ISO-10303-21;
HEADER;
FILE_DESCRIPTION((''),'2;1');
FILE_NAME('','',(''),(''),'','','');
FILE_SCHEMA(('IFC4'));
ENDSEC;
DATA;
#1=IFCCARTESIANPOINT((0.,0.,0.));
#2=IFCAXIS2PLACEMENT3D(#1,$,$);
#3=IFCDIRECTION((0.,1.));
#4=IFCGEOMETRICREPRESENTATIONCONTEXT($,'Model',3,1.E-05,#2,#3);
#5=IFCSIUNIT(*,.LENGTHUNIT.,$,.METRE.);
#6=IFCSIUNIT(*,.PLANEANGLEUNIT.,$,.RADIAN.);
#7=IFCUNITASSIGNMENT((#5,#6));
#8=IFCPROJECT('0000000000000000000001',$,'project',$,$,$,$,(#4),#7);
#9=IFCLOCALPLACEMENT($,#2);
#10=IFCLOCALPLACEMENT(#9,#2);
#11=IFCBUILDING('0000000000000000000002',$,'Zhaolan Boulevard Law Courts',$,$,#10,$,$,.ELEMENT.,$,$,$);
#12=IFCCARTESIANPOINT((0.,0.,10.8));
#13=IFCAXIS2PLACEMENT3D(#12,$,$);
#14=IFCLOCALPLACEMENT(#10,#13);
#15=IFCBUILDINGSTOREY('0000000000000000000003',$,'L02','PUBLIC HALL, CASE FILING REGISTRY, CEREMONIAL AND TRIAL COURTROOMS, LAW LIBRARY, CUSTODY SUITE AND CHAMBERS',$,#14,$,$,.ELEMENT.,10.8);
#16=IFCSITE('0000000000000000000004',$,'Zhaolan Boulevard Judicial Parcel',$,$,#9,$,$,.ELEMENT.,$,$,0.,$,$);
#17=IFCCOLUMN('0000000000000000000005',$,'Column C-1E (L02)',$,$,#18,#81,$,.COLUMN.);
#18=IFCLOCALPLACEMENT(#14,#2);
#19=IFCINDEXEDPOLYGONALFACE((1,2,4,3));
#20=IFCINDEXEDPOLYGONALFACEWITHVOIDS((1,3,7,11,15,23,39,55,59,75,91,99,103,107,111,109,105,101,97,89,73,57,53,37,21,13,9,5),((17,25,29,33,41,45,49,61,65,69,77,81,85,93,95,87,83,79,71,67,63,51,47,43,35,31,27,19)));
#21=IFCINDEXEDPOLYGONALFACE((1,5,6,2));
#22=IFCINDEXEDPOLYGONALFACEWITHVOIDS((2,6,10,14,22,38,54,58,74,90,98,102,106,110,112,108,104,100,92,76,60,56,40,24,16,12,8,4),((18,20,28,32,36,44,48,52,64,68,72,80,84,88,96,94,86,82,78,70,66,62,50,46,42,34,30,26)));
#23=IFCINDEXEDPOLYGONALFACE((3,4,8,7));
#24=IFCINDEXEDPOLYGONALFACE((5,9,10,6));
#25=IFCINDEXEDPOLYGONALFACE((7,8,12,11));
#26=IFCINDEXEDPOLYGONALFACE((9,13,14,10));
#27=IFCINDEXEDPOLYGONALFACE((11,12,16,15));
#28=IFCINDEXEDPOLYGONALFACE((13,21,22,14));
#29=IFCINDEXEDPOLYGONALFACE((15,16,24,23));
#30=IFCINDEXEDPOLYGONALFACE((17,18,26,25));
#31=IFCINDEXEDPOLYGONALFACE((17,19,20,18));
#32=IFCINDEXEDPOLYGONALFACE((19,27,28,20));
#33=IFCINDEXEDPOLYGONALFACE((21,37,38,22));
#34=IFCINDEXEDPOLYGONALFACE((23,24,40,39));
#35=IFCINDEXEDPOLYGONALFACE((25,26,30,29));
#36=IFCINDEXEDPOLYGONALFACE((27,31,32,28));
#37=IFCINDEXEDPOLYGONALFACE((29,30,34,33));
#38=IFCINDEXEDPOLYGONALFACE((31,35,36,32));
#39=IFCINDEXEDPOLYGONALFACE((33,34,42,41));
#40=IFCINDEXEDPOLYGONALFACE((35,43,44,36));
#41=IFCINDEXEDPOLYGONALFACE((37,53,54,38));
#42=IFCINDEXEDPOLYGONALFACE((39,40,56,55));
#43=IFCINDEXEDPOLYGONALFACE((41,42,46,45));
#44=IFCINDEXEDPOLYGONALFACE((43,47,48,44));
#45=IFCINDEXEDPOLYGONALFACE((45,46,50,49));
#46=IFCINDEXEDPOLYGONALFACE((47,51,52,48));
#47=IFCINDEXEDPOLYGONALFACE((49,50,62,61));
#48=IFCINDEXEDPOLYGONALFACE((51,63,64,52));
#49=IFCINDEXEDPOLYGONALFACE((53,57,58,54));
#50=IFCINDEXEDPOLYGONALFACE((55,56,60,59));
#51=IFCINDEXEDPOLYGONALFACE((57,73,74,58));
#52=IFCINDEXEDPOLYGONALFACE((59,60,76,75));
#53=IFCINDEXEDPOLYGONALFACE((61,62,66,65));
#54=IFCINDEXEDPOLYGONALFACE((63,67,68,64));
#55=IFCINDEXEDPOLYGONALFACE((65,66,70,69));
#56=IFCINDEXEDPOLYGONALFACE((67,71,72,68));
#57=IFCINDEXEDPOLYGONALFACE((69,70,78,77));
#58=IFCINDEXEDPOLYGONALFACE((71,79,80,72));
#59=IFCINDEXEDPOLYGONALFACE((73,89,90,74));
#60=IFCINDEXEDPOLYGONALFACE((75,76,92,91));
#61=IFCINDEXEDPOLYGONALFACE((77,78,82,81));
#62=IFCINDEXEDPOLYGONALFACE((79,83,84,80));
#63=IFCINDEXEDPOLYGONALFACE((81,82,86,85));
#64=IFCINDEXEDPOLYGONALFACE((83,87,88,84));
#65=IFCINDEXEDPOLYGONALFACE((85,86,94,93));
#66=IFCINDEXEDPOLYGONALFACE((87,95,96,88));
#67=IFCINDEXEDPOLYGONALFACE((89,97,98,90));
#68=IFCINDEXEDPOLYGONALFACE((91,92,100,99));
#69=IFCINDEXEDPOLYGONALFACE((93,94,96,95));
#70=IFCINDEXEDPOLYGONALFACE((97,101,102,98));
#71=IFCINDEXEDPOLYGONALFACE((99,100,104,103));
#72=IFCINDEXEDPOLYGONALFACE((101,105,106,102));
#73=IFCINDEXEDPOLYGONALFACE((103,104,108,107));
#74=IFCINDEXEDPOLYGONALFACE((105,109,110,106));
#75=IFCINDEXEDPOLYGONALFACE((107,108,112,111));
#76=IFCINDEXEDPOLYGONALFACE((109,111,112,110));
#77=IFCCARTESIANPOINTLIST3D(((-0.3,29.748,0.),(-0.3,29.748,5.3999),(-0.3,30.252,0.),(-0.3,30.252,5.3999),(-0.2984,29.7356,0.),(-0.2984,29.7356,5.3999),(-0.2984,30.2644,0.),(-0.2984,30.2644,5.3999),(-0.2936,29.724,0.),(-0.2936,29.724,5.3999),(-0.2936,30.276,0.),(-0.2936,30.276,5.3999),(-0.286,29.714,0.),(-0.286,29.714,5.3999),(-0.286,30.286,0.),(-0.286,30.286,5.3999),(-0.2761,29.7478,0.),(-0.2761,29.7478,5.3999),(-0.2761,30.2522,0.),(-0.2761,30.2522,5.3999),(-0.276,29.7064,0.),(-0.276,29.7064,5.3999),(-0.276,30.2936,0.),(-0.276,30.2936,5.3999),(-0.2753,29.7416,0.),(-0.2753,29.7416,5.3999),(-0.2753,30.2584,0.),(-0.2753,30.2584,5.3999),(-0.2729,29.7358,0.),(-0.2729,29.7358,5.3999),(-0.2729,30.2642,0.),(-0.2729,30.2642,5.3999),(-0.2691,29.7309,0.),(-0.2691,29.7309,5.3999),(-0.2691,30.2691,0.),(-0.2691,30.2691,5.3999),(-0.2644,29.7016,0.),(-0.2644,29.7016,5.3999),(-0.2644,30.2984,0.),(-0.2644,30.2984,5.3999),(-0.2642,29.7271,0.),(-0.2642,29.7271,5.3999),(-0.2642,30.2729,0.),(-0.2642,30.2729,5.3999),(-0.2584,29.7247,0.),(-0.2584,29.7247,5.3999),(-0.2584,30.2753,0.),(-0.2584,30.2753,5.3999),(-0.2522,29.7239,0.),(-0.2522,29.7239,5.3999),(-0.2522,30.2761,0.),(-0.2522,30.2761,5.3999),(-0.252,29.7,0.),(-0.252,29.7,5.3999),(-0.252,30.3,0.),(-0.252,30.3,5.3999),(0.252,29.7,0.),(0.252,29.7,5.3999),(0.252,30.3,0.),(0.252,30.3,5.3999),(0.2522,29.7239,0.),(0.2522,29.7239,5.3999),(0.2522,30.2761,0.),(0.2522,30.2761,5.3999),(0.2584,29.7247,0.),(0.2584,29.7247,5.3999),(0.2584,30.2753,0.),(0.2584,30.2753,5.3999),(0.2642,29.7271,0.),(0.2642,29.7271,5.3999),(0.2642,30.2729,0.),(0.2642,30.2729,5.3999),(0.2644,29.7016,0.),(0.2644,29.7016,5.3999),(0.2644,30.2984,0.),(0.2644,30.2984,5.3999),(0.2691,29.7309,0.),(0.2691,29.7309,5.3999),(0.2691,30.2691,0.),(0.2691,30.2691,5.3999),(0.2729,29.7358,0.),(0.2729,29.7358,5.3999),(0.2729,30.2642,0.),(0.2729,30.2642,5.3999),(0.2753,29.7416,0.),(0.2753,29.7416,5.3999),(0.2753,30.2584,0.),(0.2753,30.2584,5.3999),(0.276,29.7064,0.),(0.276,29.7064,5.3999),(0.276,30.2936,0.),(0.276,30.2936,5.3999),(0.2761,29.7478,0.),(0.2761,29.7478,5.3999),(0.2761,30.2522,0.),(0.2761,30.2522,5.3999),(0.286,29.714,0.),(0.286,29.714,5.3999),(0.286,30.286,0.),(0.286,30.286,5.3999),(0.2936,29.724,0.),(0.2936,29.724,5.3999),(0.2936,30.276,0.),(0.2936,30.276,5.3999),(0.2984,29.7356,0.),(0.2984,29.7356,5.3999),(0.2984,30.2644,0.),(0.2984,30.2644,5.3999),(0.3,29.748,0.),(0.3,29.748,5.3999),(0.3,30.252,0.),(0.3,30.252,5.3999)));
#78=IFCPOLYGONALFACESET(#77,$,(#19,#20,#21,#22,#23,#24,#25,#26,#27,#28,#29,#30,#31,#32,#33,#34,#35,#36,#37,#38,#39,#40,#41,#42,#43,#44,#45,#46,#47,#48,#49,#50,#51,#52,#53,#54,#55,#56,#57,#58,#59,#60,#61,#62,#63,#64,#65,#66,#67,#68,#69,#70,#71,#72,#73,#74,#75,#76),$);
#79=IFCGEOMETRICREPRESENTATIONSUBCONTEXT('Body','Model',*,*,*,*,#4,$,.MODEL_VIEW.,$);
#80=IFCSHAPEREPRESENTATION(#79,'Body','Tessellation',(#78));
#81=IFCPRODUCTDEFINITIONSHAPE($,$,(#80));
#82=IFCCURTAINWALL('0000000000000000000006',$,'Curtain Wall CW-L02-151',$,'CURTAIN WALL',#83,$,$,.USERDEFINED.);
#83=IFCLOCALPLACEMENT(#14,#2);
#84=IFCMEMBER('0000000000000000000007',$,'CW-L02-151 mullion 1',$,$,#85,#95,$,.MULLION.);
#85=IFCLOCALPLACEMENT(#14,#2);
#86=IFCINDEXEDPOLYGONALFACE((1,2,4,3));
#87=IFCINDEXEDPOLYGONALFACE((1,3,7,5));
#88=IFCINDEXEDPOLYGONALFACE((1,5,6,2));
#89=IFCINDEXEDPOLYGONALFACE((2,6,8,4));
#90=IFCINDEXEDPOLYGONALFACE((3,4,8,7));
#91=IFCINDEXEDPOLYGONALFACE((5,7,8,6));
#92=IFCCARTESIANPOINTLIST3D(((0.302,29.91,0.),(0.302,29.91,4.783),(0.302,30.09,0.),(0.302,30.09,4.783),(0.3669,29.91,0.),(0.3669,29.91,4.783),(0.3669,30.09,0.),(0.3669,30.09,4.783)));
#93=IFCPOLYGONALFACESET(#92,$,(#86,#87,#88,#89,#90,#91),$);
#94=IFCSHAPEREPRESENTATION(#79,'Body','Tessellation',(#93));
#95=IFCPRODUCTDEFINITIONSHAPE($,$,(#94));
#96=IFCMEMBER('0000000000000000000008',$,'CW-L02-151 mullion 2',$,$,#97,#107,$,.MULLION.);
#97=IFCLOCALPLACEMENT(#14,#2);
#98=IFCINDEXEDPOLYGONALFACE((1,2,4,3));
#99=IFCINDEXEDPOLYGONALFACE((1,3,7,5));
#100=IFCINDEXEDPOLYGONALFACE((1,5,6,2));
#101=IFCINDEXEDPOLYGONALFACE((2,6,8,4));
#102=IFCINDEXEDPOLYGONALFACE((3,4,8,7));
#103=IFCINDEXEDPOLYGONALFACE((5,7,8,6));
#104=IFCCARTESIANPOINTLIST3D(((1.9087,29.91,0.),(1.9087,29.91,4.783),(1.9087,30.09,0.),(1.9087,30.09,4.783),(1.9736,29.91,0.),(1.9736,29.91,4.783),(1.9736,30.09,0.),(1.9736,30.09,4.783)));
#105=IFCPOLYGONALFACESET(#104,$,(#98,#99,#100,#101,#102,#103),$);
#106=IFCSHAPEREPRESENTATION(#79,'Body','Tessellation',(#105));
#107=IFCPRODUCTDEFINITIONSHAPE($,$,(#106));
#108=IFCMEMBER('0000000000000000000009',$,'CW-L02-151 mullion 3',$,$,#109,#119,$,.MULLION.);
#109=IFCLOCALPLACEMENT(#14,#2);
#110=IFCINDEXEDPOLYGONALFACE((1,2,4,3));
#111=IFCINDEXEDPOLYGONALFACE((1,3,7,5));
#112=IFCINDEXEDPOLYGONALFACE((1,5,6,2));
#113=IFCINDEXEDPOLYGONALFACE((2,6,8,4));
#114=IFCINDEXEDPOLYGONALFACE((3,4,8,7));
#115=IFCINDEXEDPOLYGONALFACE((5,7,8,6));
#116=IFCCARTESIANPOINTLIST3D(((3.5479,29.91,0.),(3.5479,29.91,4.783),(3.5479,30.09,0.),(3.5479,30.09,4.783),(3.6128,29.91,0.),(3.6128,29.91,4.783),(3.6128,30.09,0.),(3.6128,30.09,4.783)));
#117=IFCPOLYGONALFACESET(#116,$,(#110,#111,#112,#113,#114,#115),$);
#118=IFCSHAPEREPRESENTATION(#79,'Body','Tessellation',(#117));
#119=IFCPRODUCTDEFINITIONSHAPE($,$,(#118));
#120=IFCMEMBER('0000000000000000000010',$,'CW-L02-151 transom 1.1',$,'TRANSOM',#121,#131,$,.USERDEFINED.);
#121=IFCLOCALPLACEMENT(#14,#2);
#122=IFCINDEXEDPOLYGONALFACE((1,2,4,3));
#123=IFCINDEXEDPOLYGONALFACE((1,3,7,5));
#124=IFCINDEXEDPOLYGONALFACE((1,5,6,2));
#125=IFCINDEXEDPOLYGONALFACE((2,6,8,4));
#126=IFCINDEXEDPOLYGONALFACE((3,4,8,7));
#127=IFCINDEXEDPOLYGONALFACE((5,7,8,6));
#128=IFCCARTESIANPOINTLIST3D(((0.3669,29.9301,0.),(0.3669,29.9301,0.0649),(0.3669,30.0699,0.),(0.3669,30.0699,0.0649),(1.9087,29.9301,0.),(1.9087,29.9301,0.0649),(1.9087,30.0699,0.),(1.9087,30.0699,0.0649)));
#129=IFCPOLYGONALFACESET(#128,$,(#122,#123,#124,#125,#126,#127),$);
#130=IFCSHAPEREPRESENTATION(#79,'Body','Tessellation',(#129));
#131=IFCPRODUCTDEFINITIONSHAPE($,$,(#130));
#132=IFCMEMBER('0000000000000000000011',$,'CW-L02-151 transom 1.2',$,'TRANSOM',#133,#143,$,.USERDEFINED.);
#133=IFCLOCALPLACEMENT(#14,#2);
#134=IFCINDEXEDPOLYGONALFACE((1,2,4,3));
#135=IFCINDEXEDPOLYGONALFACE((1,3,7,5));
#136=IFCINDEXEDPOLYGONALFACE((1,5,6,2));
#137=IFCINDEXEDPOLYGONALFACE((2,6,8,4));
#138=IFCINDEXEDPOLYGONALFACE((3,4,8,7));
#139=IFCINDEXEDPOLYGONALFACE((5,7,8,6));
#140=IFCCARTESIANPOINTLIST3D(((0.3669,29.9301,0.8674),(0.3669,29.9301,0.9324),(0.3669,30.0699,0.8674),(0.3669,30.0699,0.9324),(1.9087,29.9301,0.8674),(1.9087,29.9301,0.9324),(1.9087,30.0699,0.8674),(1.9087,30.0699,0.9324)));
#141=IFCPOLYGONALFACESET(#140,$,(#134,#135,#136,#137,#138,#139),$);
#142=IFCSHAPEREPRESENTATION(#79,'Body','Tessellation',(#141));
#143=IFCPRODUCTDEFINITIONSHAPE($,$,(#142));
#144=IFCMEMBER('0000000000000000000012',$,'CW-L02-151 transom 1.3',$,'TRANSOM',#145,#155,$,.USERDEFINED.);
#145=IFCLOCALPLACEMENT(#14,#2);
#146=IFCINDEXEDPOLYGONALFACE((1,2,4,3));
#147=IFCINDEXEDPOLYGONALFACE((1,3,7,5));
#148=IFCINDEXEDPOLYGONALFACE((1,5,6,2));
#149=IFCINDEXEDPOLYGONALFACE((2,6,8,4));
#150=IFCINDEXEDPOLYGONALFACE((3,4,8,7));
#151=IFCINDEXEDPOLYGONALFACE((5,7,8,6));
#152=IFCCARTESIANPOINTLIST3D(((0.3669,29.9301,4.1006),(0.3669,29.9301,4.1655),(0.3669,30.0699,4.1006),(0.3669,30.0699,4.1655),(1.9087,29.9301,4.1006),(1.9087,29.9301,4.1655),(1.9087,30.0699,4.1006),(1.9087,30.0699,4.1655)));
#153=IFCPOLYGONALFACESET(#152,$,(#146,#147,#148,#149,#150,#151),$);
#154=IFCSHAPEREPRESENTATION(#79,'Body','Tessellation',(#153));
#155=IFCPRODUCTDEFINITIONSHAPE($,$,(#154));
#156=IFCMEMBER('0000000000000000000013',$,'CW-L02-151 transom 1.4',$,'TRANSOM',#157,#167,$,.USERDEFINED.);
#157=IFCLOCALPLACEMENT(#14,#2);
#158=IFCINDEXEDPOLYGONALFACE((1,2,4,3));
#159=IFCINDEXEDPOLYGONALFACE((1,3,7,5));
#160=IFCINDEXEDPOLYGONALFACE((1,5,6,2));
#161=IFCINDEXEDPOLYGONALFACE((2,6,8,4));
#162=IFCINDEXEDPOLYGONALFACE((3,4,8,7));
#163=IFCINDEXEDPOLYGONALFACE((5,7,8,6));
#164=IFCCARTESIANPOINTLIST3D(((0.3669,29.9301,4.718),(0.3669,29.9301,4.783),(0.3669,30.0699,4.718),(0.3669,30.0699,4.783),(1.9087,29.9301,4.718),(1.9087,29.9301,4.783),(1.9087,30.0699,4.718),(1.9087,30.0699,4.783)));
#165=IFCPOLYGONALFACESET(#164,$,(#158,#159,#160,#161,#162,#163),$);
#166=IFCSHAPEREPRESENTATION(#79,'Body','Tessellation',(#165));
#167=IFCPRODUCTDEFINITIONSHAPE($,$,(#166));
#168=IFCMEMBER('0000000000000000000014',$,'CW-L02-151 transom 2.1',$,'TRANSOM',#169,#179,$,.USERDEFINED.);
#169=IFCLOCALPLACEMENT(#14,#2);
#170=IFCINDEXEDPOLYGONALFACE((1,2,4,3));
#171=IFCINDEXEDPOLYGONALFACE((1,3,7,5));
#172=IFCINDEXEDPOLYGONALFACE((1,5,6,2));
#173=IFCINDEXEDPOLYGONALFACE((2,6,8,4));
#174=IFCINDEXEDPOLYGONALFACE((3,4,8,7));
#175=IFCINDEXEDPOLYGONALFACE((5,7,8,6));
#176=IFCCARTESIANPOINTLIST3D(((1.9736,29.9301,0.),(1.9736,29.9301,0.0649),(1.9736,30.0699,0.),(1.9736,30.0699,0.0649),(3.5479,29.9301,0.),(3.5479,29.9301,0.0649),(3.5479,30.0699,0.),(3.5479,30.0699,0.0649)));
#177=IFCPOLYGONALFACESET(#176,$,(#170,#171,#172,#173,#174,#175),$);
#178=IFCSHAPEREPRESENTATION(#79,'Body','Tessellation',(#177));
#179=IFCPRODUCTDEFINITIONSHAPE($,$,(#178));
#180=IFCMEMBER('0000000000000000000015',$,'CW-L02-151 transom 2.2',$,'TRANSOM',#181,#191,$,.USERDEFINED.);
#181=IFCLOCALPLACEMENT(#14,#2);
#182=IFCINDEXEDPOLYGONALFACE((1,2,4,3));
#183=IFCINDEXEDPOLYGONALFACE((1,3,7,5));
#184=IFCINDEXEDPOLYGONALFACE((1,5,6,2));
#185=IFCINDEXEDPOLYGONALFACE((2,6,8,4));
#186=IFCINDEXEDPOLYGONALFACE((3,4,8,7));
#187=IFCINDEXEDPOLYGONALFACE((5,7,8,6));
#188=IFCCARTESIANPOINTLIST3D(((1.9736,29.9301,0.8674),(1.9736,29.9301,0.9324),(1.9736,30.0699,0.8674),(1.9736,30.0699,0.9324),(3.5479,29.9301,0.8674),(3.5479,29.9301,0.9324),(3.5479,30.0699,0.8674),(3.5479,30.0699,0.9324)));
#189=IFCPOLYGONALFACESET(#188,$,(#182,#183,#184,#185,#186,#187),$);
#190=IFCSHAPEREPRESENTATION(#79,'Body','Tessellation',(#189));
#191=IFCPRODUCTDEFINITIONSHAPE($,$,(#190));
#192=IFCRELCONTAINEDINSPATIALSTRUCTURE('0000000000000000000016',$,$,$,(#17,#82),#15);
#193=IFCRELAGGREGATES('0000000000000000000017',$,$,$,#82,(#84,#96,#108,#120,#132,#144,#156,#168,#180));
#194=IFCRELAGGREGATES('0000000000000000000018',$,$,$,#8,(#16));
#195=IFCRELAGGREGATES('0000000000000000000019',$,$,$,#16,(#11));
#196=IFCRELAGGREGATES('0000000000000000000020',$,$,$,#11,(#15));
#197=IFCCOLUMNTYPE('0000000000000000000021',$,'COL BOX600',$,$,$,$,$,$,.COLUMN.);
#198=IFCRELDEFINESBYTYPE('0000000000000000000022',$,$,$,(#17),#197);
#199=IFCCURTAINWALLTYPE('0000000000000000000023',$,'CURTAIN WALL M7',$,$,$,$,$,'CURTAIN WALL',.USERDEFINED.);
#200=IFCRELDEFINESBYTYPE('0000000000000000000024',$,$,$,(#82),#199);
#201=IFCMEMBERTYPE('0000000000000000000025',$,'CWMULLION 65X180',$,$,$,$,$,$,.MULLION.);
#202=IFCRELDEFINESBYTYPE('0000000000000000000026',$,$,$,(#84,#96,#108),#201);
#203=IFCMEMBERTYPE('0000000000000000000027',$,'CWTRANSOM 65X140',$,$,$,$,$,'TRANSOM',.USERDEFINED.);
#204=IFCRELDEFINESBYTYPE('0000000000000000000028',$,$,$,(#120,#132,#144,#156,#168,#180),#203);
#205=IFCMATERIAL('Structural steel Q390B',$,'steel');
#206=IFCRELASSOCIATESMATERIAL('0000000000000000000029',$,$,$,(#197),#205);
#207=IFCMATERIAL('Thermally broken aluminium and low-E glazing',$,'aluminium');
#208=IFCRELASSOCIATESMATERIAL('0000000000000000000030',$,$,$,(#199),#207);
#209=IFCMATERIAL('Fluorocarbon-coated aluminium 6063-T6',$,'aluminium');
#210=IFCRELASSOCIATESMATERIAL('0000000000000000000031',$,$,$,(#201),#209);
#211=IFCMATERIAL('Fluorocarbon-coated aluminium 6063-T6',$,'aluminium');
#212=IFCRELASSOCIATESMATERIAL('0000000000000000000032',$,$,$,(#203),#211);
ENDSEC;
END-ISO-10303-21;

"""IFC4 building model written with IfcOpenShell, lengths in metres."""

from ifc_helpers import new_model, si_unit, direction, frame, origin, origin_2d, place, context, subcontext, project, spatial, rectangle, hollow_rectangle, extrude, material, material_profile, profile_set, type_object, element, aggregate, save


model = new_model("IFC4")

# Units and contexts
model_context = context("Model", 3, precision=1e-05, world=origin(), true_north=direction((0.0, 1.0)))
body_context = subcontext(model_context, "Body", "Model", "MODEL_VIEW")
ifc_project = project(units=[si_unit("LENGTHUNIT", "METRE"), si_unit("PLANEANGLEUNIT", "RADIAN")], contexts=[model_context])

# Site, building, storey
site_placement = place(None, origin())
site = spatial("IfcSite", under=ifc_project, at=site_placement, Name="Zhaolan Boulevard Judicial Parcel", CompositionType="ELEMENT", RefElevation=0.0)
building_placement = place(site_placement, origin())
building = spatial("IfcBuilding", under=site, at=building_placement, Name="Zhaolan Boulevard Law Courts", CompositionType="ELEMENT")
storey_placement = place(building_placement, frame((0.0, 0.0, 10.8)))
storey = spatial("IfcBuildingStorey", under=building, at=storey_placement, Name="L02", Description="PUBLIC HALL, CASE FILING REGISTRY, CEREMONIAL AND TRIAL COURTROOMS, LAW LIBRARY, CUSTODY SUITE AND CHAMBERS", CompositionType="ELEMENT", Elevation=10.8)

# Column
ifc_material_1 = material(Name="Structural steel Q390B", Category="steel")
ifc_material_profile_1 = material_profile(ifc_material_1, hollow_rectangle(XDim=0.6001, YDim=0.6001, WallThickness=0.0239, InnerFilletRadius=0.0239, OuterFilletRadius=0.0481, at=origin_2d()), Name="BOX600x600x24")
ifc_profile_set_1 = profile_set([ifc_material_profile_1], Name="Structural steel Q390B")
column_type = type_object("IfcColumnType", Name="COL BOX600", PredefinedType="COLUMN", material=ifc_profile_set_1)
column_placement = place(storey_placement, frame((0.0, 30.0, 0.0), z_axis=(0.0, 0.0, 1.0), x_axis=(1.0, 0.0, 0.0)))
element("IfcColumn", 1, at=column_placement, inside=storey, type_object=column_type, Name="Column C-1E (L02)", PredefinedType="COLUMN", context=body_context, shape_type="SweptSolid", body=[
    extrude(hollow_rectangle(XDim=0.6001, YDim=0.6001, WallThickness=0.0239, InnerFilletRadius=0.0239, OuterFilletRadius=0.0481, at=origin_2d()), origin(), (0.0, 0.0, 1.0), 5.3999),
])

# Curtain wall, members
ifc_material_2 = material(Name="Thermally broken aluminium and low-E glazing", Category="aluminium")
curtain_wall_type = type_object("IfcCurtainWallType", Name="CURTAIN WALL M7", ElementType="CURTAIN WALL", PredefinedType="USERDEFINED", material=ifc_material_2)
curtain_wall_placement = place(storey_placement, origin())
curtain_wall = element("IfcCurtainWall", 2, at=curtain_wall_placement, inside=storey, type_object=curtain_wall_type, Name="Curtain Wall CW-L02-151", ObjectType="CURTAIN WALL", PredefinedType="USERDEFINED")
ifc_material_3 = material(Name="Fluorocarbon-coated aluminium 6063-T6", Category="aluminium")
ifc_material_profile_2 = material_profile(ifc_material_3, rectangle(XDim=0.1799, YDim=0.0649, at=origin_2d()), Name="AL65x180")
ifc_profile_set_2 = profile_set([ifc_material_profile_2], Name="Fluorocarbon-coated aluminium 6063-T6")
member_type_1 = type_object("IfcMemberType", Name="CWMULLION 65X180", PredefinedType="MULLION", material=ifc_profile_set_2)
member_1_placement = place(storey_placement, frame((0.3345, 30.0, 0.0), z_axis=(0.0, 0.0, 1.0), x_axis=(0.0, 1.0, 0.0)))
member_1 = element("IfcMember", 3, at=member_1_placement, type_object=member_type_1, Name="CW-L02-151 mullion 1", PredefinedType="MULLION", context=body_context, shape_type="SweptSolid", body=[
    extrude(rectangle(XDim=0.1799, YDim=0.0649, at=origin_2d()), origin(), (0.0, 0.0, 1.0), 4.783),
])
member_2_placement = place(storey_placement, frame((1.9412, 30.0, 0.0), z_axis=(0.0, 0.0, 1.0), x_axis=(0.0, 1.0, 0.0)))
member_2 = element("IfcMember", 4, at=member_2_placement, type_object=member_type_1, Name="CW-L02-151 mullion 2", PredefinedType="MULLION", context=body_context, shape_type="SweptSolid", body=[
    extrude(rectangle(XDim=0.1799, YDim=0.0649, at=origin_2d()), origin(), (0.0, 0.0, 1.0), 4.783),
])
member_3_placement = place(storey_placement, frame((3.5803, 30.0, 0.0), z_axis=(0.0, 0.0, 1.0), x_axis=(0.0, 1.0, 0.0)))
member_3 = element("IfcMember", 5, at=member_3_placement, type_object=member_type_1, Name="CW-L02-151 mullion 3", PredefinedType="MULLION", context=body_context, shape_type="SweptSolid", body=[
    extrude(rectangle(XDim=0.1799, YDim=0.0649, at=origin_2d()), origin(), (0.0, 0.0, 1.0), 4.783),
])
ifc_material_4 = material(Name="Fluorocarbon-coated aluminium 6063-T6", Category="aluminium")
ifc_material_profile_3 = material_profile(ifc_material_4, rectangle(XDim=0.1399, YDim=0.0649, at=origin_2d()), Name="AL65x140")
ifc_profile_set_3 = profile_set([ifc_material_profile_3], Name="Fluorocarbon-coated aluminium 6063-T6")
member_type_2 = type_object("IfcMemberType", Name="CWTRANSOM 65X140", ElementType="TRANSOM", PredefinedType="USERDEFINED", material=ifc_profile_set_3)
member_4_placement = place(storey_placement, frame((0.3669, 30.0, 0.0325), z_axis=(1.0, 0.0, 0.0), x_axis=(0.0, 1.0, 0.0)))
member_4 = element("IfcMember", 6, at=member_4_placement, type_object=member_type_2, Name="CW-L02-151 transom 1.1", ObjectType="TRANSOM", PredefinedType="USERDEFINED", context=body_context, shape_type="SweptSolid", body=[
    extrude(rectangle(XDim=0.1399, YDim=0.0649, at=origin_2d()), origin(), (0.0, 0.0, 1.0), 1.5417),
])
member_5_placement = place(storey_placement, frame((0.3669, 30.0, 0.8999), z_axis=(1.0, 0.0, 0.0), x_axis=(0.0, 1.0, 0.0)))
member_5 = element("IfcMember", 7, at=member_5_placement, type_object=member_type_2, Name="CW-L02-151 transom 1.2", ObjectType="TRANSOM", PredefinedType="USERDEFINED", context=body_context, shape_type="SweptSolid", body=[
    extrude(rectangle(XDim=0.1399, YDim=0.0649, at=origin_2d()), origin(), (0.0, 0.0, 1.0), 1.5417),
])
member_6_placement = place(storey_placement, frame((0.3669, 30.0, 4.1331), z_axis=(1.0, 0.0, 0.0), x_axis=(0.0, 1.0, 0.0)))
member_6 = element("IfcMember", 8, at=member_6_placement, type_object=member_type_2, Name="CW-L02-151 transom 1.3", ObjectType="TRANSOM", PredefinedType="USERDEFINED", context=body_context, shape_type="SweptSolid", body=[
    extrude(rectangle(XDim=0.1399, YDim=0.0649, at=origin_2d()), origin(), (0.0, 0.0, 1.0), 1.5417),
])
member_7_placement = place(storey_placement, frame((0.3669, 30.0, 4.7505), z_axis=(1.0, 0.0, 0.0), x_axis=(0.0, 1.0, 0.0)))
member_7 = element("IfcMember", 9, at=member_7_placement, type_object=member_type_2, Name="CW-L02-151 transom 1.4", ObjectType="TRANSOM", PredefinedType="USERDEFINED", context=body_context, shape_type="SweptSolid", body=[
    extrude(rectangle(XDim=0.1399, YDim=0.0649, at=origin_2d()), origin(), (0.0, 0.0, 1.0), 1.5417),
])
member_8_placement = place(storey_placement, frame((1.9736, 30.0, 0.0325), z_axis=(1.0, 0.0, 0.0), x_axis=(0.0, 1.0, 0.0)))
member_8 = element("IfcMember", 10, at=member_8_placement, type_object=member_type_2, Name="CW-L02-151 transom 2.1", ObjectType="TRANSOM", PredefinedType="USERDEFINED", context=body_context, shape_type="SweptSolid", body=[
    extrude(rectangle(XDim=0.1399, YDim=0.0649, at=origin_2d()), origin(), (0.0, 0.0, 1.0), 1.5742),
])
member_9_placement = place(storey_placement, frame((1.9736, 30.0, 0.8999), z_axis=(1.0, 0.0, 0.0), x_axis=(0.0, 1.0, 0.0)))
member_9 = element("IfcMember", 11, at=member_9_placement, type_object=member_type_2, Name="CW-L02-151 transom 2.2", ObjectType="TRANSOM", PredefinedType="USERDEFINED", context=body_context, shape_type="SweptSolid", body=[
    extrude(rectangle(XDim=0.1399, YDim=0.0649, at=origin_2d()), origin(), (0.0, 0.0, 1.0), 1.5742),
])

aggregate(curtain_wall, [member_1, member_2, member_3, member_4, member_5, member_6, member_7, member_8, member_9])

save(model, "model.ifc")
